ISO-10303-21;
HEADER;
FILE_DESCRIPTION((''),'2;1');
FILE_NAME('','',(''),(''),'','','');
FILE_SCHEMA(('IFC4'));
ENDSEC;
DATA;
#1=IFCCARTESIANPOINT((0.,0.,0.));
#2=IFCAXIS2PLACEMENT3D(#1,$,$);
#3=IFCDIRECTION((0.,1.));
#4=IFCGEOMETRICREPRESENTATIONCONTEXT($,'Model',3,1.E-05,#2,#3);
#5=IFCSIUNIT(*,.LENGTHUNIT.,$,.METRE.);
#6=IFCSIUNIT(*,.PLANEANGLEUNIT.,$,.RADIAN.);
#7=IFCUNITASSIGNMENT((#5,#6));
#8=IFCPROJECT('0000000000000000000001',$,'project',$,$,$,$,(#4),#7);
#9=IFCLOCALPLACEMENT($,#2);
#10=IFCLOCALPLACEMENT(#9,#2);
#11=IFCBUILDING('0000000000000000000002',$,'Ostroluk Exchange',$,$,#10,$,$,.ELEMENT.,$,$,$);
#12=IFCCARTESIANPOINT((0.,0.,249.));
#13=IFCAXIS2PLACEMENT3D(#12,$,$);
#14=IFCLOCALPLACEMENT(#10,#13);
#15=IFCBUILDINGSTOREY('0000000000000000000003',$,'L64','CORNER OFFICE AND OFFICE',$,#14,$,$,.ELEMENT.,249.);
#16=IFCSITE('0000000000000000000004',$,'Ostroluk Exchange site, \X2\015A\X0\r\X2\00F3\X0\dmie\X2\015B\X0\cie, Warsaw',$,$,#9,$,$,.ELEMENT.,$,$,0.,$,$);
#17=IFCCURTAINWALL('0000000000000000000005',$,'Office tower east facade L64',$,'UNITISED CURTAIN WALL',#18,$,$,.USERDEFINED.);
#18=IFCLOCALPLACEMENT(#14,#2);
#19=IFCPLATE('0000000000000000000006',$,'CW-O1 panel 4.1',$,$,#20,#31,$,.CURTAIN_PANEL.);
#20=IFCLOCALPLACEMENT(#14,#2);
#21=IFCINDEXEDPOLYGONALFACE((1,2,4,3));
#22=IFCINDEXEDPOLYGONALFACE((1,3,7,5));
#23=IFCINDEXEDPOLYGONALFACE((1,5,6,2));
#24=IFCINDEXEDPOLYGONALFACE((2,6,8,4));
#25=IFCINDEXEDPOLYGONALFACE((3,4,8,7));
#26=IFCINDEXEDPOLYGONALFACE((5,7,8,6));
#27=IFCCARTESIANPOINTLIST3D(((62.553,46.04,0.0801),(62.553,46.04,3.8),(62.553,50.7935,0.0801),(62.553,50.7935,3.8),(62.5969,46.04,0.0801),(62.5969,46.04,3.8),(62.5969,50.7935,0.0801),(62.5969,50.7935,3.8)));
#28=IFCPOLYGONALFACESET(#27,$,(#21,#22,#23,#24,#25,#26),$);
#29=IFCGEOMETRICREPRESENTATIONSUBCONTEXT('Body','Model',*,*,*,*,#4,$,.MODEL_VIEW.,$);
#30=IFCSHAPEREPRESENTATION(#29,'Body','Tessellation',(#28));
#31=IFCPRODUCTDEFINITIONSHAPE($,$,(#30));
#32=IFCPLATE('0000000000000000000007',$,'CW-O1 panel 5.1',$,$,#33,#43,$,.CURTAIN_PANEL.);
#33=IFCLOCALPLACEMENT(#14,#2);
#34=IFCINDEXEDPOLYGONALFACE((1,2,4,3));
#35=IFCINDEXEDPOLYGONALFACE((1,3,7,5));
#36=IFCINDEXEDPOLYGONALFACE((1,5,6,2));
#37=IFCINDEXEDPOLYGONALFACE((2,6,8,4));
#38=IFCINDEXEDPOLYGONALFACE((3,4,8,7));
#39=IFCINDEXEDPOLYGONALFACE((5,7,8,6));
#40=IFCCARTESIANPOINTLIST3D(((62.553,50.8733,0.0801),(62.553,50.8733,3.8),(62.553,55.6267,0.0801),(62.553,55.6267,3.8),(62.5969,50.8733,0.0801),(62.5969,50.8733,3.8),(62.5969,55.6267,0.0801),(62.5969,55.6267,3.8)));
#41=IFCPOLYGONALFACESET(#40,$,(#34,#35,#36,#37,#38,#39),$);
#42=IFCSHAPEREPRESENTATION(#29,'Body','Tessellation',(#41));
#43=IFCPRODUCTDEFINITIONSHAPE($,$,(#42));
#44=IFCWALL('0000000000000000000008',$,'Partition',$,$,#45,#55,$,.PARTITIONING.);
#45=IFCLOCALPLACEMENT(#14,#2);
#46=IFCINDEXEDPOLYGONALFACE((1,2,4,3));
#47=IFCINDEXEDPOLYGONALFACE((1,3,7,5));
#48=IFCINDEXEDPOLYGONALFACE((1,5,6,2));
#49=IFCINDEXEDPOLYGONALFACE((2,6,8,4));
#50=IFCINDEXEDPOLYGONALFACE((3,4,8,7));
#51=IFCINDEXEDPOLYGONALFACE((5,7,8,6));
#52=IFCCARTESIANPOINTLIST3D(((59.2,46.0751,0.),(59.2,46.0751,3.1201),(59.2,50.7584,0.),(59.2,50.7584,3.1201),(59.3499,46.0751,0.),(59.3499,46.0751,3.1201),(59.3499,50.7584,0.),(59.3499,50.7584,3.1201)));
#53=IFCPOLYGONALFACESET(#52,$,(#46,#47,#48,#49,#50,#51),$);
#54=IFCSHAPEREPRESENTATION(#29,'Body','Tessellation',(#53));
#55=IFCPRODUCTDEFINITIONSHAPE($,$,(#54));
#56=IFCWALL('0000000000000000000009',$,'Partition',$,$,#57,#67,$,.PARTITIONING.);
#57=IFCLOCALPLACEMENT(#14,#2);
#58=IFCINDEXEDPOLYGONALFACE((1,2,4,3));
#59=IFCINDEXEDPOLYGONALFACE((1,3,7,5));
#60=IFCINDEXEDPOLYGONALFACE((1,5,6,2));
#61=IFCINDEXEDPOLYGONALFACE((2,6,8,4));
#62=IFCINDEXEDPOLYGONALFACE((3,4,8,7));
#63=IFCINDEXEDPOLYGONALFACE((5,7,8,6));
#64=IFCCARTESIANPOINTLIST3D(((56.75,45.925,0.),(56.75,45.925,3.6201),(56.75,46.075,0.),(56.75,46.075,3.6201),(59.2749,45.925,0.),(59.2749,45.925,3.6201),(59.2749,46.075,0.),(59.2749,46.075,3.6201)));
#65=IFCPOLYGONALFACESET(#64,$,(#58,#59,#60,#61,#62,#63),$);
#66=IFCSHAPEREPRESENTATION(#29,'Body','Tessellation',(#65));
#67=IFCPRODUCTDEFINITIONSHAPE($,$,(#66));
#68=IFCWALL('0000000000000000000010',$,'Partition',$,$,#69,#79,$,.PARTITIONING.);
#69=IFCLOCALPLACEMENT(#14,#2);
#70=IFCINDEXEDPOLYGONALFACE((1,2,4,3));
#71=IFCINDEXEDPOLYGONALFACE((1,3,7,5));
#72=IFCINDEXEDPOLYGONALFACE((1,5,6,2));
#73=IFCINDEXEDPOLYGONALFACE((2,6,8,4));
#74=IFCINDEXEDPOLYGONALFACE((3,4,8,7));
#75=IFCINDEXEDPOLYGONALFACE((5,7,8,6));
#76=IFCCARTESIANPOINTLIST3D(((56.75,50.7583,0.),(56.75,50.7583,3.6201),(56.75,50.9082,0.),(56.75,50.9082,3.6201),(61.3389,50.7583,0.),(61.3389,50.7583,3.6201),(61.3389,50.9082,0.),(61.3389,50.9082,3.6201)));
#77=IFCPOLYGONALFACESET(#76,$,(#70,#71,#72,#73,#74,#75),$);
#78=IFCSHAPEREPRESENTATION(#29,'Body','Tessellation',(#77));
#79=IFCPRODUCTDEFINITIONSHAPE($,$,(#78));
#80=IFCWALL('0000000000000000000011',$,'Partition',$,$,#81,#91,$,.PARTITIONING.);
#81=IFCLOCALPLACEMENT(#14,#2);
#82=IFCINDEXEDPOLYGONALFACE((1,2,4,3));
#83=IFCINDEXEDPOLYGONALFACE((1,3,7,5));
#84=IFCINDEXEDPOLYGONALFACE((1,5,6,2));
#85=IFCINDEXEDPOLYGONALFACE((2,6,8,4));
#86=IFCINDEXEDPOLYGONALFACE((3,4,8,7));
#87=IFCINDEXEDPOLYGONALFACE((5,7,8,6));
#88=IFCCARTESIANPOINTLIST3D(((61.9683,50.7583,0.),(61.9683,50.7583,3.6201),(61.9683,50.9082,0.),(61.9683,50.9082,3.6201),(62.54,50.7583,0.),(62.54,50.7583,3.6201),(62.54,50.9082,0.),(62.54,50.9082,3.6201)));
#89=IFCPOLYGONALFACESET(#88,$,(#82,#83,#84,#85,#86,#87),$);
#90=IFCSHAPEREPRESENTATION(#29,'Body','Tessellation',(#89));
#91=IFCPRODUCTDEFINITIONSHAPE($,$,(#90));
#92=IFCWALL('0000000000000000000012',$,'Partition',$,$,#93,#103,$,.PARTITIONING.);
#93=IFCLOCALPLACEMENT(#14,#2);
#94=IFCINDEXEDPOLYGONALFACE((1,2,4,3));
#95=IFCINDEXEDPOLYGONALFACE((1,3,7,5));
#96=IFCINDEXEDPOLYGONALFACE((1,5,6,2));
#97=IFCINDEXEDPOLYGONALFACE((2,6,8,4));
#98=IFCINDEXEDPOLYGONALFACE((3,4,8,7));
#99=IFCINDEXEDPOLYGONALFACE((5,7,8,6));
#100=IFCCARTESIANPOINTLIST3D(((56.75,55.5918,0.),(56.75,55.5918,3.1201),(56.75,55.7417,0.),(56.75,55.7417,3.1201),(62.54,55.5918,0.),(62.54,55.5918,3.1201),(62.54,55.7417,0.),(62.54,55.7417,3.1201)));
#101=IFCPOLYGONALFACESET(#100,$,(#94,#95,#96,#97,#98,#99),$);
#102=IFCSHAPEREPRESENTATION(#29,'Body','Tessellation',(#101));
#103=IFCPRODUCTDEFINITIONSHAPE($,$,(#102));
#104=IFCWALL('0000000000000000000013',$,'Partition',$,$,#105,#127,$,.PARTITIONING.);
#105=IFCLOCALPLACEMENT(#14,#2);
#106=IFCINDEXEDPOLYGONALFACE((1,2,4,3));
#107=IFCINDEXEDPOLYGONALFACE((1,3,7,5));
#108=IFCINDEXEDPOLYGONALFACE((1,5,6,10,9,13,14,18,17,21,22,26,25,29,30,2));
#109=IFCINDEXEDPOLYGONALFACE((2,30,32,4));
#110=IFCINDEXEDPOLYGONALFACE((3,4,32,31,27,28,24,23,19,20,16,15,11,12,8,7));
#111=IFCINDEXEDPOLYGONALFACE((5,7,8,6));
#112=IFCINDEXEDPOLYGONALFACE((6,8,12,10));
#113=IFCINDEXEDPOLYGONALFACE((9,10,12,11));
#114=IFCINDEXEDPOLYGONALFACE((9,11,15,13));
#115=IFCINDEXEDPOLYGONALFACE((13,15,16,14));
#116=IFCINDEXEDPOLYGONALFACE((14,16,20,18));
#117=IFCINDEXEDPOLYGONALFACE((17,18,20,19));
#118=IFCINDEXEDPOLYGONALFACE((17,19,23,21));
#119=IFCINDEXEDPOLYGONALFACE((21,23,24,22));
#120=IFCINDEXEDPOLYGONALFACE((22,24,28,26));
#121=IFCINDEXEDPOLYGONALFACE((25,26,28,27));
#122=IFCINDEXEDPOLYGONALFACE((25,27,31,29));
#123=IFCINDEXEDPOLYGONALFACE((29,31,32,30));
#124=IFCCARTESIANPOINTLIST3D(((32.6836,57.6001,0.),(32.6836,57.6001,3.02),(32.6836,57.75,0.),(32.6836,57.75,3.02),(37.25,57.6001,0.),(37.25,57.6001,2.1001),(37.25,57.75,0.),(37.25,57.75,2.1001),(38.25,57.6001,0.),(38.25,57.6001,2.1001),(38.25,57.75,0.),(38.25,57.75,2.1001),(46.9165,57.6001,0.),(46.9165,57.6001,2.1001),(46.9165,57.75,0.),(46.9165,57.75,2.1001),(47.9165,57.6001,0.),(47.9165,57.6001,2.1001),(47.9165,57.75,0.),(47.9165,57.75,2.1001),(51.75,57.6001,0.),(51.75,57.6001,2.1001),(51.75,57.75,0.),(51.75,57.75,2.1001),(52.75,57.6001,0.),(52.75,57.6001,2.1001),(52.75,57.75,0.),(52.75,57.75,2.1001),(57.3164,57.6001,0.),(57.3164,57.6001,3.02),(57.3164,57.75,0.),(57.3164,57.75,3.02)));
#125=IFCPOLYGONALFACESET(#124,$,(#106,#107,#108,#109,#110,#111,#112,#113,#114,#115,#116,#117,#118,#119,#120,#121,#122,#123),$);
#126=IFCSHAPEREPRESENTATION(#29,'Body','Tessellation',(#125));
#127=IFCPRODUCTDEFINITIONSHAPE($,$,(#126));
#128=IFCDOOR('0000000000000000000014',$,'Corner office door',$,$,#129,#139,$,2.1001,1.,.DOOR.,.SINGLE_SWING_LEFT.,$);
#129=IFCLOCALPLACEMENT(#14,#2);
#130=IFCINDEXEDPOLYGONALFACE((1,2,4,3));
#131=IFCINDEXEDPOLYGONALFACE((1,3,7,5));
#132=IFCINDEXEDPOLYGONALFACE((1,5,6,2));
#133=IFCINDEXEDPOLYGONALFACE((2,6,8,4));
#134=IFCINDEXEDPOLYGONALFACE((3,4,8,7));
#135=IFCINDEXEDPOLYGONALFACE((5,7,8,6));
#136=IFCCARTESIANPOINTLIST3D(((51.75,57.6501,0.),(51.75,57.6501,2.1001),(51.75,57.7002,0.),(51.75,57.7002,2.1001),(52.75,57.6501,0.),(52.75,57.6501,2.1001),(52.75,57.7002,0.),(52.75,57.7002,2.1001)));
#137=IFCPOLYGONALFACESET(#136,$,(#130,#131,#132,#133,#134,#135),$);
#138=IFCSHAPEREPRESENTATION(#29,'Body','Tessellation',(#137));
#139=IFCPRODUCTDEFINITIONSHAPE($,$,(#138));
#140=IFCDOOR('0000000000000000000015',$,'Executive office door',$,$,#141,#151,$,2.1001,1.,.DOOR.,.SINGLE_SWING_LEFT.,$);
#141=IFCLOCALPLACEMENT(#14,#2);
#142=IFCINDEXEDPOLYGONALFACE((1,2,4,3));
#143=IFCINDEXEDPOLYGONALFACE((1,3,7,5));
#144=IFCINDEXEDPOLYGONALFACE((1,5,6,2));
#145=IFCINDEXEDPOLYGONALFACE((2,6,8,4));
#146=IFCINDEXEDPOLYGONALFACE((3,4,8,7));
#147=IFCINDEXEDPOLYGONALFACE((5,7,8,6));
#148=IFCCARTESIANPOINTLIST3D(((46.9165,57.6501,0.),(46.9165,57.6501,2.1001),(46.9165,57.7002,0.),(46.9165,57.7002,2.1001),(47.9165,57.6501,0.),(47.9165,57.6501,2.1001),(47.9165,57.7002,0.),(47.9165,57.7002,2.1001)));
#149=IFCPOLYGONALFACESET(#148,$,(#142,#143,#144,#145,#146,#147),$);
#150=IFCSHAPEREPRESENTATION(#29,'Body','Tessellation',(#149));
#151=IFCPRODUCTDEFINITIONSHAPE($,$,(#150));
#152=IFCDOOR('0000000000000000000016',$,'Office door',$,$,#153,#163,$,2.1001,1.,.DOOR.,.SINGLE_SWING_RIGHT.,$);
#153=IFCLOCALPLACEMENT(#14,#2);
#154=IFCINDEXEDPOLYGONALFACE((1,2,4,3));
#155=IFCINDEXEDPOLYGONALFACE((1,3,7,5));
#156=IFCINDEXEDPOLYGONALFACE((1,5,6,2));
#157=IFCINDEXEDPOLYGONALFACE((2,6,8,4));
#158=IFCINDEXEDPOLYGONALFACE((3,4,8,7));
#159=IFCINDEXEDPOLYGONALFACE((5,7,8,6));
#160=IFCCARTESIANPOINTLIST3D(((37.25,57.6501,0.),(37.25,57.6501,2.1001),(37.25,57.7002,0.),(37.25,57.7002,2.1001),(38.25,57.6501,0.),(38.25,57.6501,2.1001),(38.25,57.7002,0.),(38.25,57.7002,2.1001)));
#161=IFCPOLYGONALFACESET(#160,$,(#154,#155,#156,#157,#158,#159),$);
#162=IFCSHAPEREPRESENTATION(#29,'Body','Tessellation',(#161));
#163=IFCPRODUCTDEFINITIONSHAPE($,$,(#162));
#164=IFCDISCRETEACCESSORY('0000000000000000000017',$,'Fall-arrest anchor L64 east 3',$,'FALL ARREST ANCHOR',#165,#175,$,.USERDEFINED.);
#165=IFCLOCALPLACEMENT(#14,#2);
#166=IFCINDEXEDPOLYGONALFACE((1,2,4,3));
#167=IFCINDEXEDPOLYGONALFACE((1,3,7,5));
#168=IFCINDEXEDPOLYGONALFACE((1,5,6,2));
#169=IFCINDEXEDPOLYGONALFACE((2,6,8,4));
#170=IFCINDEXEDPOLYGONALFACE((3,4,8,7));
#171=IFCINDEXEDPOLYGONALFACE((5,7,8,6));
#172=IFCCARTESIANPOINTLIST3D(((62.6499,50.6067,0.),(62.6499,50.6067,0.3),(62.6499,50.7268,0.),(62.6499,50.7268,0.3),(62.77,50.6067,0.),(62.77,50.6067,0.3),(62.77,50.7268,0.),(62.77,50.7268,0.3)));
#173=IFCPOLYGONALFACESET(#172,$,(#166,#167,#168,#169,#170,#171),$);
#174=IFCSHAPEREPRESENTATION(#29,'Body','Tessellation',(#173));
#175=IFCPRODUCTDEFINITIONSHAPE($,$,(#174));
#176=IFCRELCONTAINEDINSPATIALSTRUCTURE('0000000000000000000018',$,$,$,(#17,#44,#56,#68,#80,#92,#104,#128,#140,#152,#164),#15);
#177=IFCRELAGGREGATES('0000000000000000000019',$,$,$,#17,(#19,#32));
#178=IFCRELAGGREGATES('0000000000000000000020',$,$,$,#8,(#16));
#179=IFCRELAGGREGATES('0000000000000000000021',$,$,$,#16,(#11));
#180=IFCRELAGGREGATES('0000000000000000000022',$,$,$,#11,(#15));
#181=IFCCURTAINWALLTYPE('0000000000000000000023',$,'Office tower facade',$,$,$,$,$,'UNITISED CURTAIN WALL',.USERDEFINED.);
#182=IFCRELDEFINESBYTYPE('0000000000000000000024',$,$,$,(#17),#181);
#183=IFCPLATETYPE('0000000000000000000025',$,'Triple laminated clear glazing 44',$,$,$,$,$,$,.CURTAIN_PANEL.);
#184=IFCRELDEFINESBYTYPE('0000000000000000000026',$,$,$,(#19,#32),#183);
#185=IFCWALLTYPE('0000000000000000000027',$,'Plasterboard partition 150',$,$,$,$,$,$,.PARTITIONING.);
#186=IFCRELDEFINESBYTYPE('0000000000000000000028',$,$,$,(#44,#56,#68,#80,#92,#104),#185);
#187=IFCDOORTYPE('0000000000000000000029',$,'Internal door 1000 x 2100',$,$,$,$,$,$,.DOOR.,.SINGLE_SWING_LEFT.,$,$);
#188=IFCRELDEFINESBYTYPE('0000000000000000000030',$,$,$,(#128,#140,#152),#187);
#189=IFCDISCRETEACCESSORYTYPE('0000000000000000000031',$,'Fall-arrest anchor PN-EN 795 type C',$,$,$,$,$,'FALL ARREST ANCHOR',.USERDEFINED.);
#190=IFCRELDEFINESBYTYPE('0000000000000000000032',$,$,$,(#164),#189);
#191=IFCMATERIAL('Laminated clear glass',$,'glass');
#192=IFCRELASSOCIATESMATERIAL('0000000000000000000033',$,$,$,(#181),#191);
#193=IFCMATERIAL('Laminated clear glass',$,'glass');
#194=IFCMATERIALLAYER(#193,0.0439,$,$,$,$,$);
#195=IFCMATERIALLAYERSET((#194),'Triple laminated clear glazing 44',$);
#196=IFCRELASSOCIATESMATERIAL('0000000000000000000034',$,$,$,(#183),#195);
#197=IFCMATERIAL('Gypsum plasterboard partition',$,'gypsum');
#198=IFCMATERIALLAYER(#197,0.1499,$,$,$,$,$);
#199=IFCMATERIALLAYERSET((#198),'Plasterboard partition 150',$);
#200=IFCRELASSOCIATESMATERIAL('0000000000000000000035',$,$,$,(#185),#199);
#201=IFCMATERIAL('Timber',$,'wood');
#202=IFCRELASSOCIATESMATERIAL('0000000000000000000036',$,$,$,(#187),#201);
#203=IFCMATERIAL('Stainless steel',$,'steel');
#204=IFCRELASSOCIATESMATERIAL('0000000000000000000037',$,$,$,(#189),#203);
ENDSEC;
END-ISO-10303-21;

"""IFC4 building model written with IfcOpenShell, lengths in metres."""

from ifc_helpers import new_model, si_unit, direction, frame, frame_2d, origin, origin_2d, place, context, subcontext, project, spatial, rectangle, extrude, material, layer, layer_set, type_object, element, fill, aggregate, save


model = new_model("IFC4")

# Units and contexts
model_context = context("Model", 3, precision=1e-05, world=origin(), true_north=direction((0.0, 1.0)))
body_context = subcontext(model_context, "Body", "Model", "MODEL_VIEW")
ifc_project = project(units=[si_unit("LENGTHUNIT", "METRE"), si_unit("PLANEANGLEUNIT", "RADIAN")], contexts=[model_context])

# Site, building, storey
site_placement = place(None, origin())
site = spatial("IfcSite", under=ifc_project, at=site_placement, Name="Ostroluk Exchange site, Śródmieście, Warsaw", CompositionType="ELEMENT", RefElevation=0.0)
building_placement = place(site_placement, origin())
building = spatial("IfcBuilding", under=site, at=building_placement, Name="Ostroluk Exchange", CompositionType="ELEMENT")
storey_placement = place(building_placement, frame((0.0, 0.0, 249.0)))
storey = spatial("IfcBuildingStorey", under=building, at=storey_placement, Name="L64", Description="CORNER OFFICE AND OFFICE", CompositionType="ELEMENT", Elevation=249.0)

# Curtain wall, plates
ifc_material_1 = material(Name="Laminated clear glass", Category="glass")
curtain_wall_type = type_object("IfcCurtainWallType", Name="Office tower facade", ElementType="UNITISED CURTAIN WALL", PredefinedType="USERDEFINED", material=ifc_material_1)
curtain_wall_placement = place(storey_placement, origin())
curtain_wall = element("IfcCurtainWall", 1, at=curtain_wall_placement, inside=storey, type_object=curtain_wall_type, Name="Office tower east facade L64", ObjectType="UNITISED CURTAIN WALL", PredefinedType="USERDEFINED")
ifc_material_2 = material(Name="Laminated clear glass", Category="glass")
ifc_layer_1 = layer(ifc_material_2, 0.0439)
ifc_layer_set_1 = layer_set([ifc_layer_1], Name="Triple laminated clear glazing 44")
plate_type = type_object("IfcPlateType", Name="Triple laminated clear glazing 44", PredefinedType="CURTAIN_PANEL", material=ifc_layer_set_1)
plate_1_placement = place(storey_placement, frame((62.575, 48.4167, 0.0801), z_axis=(0.0, 0.0, 1.0), x_axis=(0.0, 1.0, 0.0)))
plate_1 = element("IfcPlate", 2, at=plate_1_placement, type_object=plate_type, Name="CW-O1 panel 4.1", PredefinedType="CURTAIN_PANEL", context=body_context, shape_type="SweptSolid", body=[
    extrude(rectangle(XDim=4.7534, YDim=0.0439, at=origin_2d()), origin(), (0.0, 0.0, 1.0), 3.72),
])
plate_2_placement = place(storey_placement, frame((62.575, 53.25, 0.0801), z_axis=(0.0, 0.0, 1.0), x_axis=(0.0, 1.0, 0.0)))
plate_2 = element("IfcPlate", 3, at=plate_2_placement, type_object=plate_type, Name="CW-O1 panel 5.1", PredefinedType="CURTAIN_PANEL", context=body_context, shape_type="SweptSolid", body=[
    extrude(rectangle(XDim=4.7534, YDim=0.0439, at=origin_2d()), origin(), (0.0, 0.0, 1.0), 3.72),
])
aggregate(curtain_wall, [plate_1, plate_2])

# Walls
ifc_material_3 = material(Name="Gypsum plasterboard partition", Category="gypsum")
ifc_layer_2 = layer(ifc_material_3, 0.1499)
ifc_layer_set_2 = layer_set([ifc_layer_2], Name="Plasterboard partition 150")
wall_type = type_object("IfcWallType", Name="Plasterboard partition 150", PredefinedType="PARTITIONING", material=ifc_layer_set_2)
wall_1_placement = place(storey_placement, frame((59.2749, 46.075, 0.0), z_axis=(0.0, 0.0, 1.0), x_axis=(0.0, 1.0, 0.0)))
element("IfcWall", 4, at=wall_1_placement, inside=storey, type_object=wall_type, Name="Partition", PredefinedType="PARTITIONING", context=body_context, shape_type="SweptSolid", body=[
    extrude(rectangle(XDim=4.6833, YDim=0.1499, at=frame_2d((2.3418, 0.0))), origin(), (0.0, 0.0, 1.0), 3.1201),
])
wall_2_placement = place(storey_placement, frame((56.75, 46.0, 0.0), z_axis=(0.0, 0.0, 1.0), x_axis=(1.0, 0.0, 0.0)))
element("IfcWall", 5, at=wall_2_placement, inside=storey, type_object=wall_type, Name="Partition", PredefinedType="PARTITIONING", context=body_context, shape_type="SweptSolid", body=[
    extrude(rectangle(XDim=2.5249, YDim=0.1499, at=frame_2d((1.2625, 0.0))), origin(), (0.0, 0.0, 1.0), 3.6201),
])
wall_3_placement = place(storey_placement, frame((56.75, 50.8333, 0.0), z_axis=(0.0, 0.0, 1.0), x_axis=(1.0, 0.0, 0.0)))
element("IfcWall", 6, at=wall_3_placement, inside=storey, type_object=wall_type, Name="Partition", PredefinedType="PARTITIONING", context=body_context, shape_type="SweptSolid", body=[
    extrude(rectangle(XDim=4.5889, YDim=0.1499, at=frame_2d((2.2944, 0.0))), origin(), (0.0, 0.0, 1.0), 3.6201),
])
wall_4_placement = place(storey_placement, frame((61.9683, 50.8333, 0.0), z_axis=(0.0, 0.0, 1.0), x_axis=(1.0, 0.0, 0.0)))
element("IfcWall", 7, at=wall_4_placement, inside=storey, type_object=wall_type, Name="Partition", PredefinedType="PARTITIONING", context=body_context, shape_type="SweptSolid", body=[
    extrude(rectangle(XDim=0.5718, YDim=0.1499, at=frame_2d((0.2859, 0.0))), origin(), (0.0, 0.0, 1.0), 3.6201),
])
wall_5_placement = place(storey_placement, frame((56.75, 55.6667, 0.0), z_axis=(0.0, 0.0, 1.0), x_axis=(1.0, 0.0, 0.0)))
element("IfcWall", 8, at=wall_5_placement, inside=storey, type_object=wall_type, Name="Partition", PredefinedType="PARTITIONING", context=body_context, shape_type="SweptSolid", body=[
    extrude(rectangle(XDim=5.79, YDim=0.1499, at=frame_2d((2.895, 0.0))), origin(), (0.0, 0.0, 1.0), 3.1201),
])

# Wall, openings, doors
wall_6_placement = place(storey_placement, frame((57.3164, 57.675, 0.0), z_axis=(0.0, 0.0, 1.0), x_axis=(-1.0, 0.0, 0.0)))
wall_6 = element("IfcWall", 9, at=wall_6_placement, inside=storey, type_object=wall_type, Name="Partition", PredefinedType="PARTITIONING", context=body_context, shape_type="SweptSolid", body=[
    extrude(rectangle(XDim=24.6328, YDim=0.1499, at=frame_2d((12.3164, 0.0))), origin(), (0.0, 0.0, 1.0), 3.02),
])
opening_1_placement = place(wall_6_placement, frame((4.5664, 0.0, 0.0)))
opening_1 = element("IfcOpeningElement", 10, at=opening_1_placement, cuts=wall_6, PredefinedType="OPENING", context=body_context, shape_type="SweptSolid", body=[
    extrude(rectangle(XDim=1.0, YDim=2.1001, at=frame_2d((0.5, 1.05))), frame((0.0, 0.085, 0.0), z_axis=(0.0, -1.0, 0.0), x_axis=(1.0, 0.0, 0.0)), (0.0, 0.0, 1.0), 0.1699),
])
opening_2_placement = place(wall_6_placement, frame((9.3999, 0.0, 0.0)))
opening_2 = element("IfcOpeningElement", 11, at=opening_2_placement, cuts=wall_6, PredefinedType="OPENING", context=body_context, shape_type="SweptSolid", body=[
    extrude(rectangle(XDim=1.0, YDim=2.1001, at=frame_2d((0.5, 1.05))), frame((0.0, 0.085, 0.0), z_axis=(0.0, -1.0, 0.0), x_axis=(1.0, 0.0, 0.0)), (0.0, 0.0, 1.0), 0.1699),
])
opening_3_placement = place(wall_6_placement, frame((19.0664, 0.0, 0.0)))
opening_3 = element("IfcOpeningElement", 12, at=opening_3_placement, cuts=wall_6, PredefinedType="OPENING", context=body_context, shape_type="SweptSolid", body=[
    extrude(rectangle(XDim=1.0, YDim=2.1001, at=frame_2d((0.5, 1.05))), frame((0.0, 0.085, 0.0), z_axis=(0.0, -1.0, 0.0), x_axis=(1.0, 0.0, 0.0)), (0.0, 0.0, 1.0), 0.1699),
])
ifc_material_4 = material(Name="Timber", Category="wood")
door_type = type_object("IfcDoorType", Name="Internal door 1000 x 2100", OperationType="SINGLE_SWING_LEFT", PredefinedType="DOOR", material=ifc_material_4)
door_1_placement = place(opening_1_placement, origin())
door_1 = element("IfcDoor", 13, at=door_1_placement, inside=storey, type_object=door_type, Name="Corner office door", OperationType="SINGLE_SWING_LEFT", OverallHeight=2.1001, OverallWidth=1.0, PredefinedType="DOOR", context=body_context, shape_type="SweptSolid", body=[
    extrude(rectangle(XDim=1.0, YDim=2.1001, at=frame_2d((0.5, 1.05))), frame((0.0, 0.0249, 0.0), z_axis=(0.0, -1.0, 0.0), x_axis=(1.0, 0.0, 0.0)), (0.0, 0.0, 1.0), 0.05),
])
fill(opening_1, door_1)
door_2_placement = place(opening_2_placement, origin())
door_2 = element("IfcDoor", 14, at=door_2_placement, inside=storey, type_object=door_type, Name="Executive office door", OperationType="SINGLE_SWING_LEFT", OverallHeight=2.1001, OverallWidth=1.0, PredefinedType="DOOR", context=body_context, shape_type="SweptSolid", body=[
    extrude(rectangle(XDim=1.0, YDim=2.1001, at=frame_2d((0.5, 1.05))), frame((0.0, 0.0249, 0.0), z_axis=(0.0, -1.0, 0.0), x_axis=(1.0, 0.0, 0.0)), (0.0, 0.0, 1.0), 0.05),
])
fill(opening_2, door_2)
door_3_placement = place(opening_3_placement, origin())
door_3 = element("IfcDoor", 15, at=door_3_placement, inside=storey, type_object=door_type, Name="Office door", OperationType="SINGLE_SWING_RIGHT", OverallHeight=2.1001, OverallWidth=1.0, PredefinedType="DOOR", context=body_context, shape_type="SweptSolid", body=[
    extrude(rectangle(XDim=1.0, YDim=2.1001, at=frame_2d((0.5, 1.05))), frame((0.0, 0.0249, 0.0), z_axis=(0.0, -1.0, 0.0), x_axis=(1.0, 0.0, 0.0)), (0.0, 0.0, 1.0), 0.05),
])
fill(opening_3, door_3)

# Discrete accessory
ifc_material_5 = material(Name="Stainless steel", Category="steel")
discrete_accessory_type = type_object("IfcDiscreteAccessoryType", Name="Fall-arrest anchor PN-EN 795 type C", ElementType="FALL ARREST ANCHOR", PredefinedType="USERDEFINED", material=ifc_material_5)
discrete_accessory_placement = place(storey_placement, frame((62.71, 50.6667, 0.0), z_axis=(0.0, 0.0, 1.0), x_axis=(1.0, 0.0, 0.0)))
element("IfcDiscreteAccessory", 16, at=discrete_accessory_placement, inside=storey, type_object=discrete_accessory_type, Name="Fall-arrest anchor L64 east 3", ObjectType="FALL ARREST ANCHOR", PredefinedType="USERDEFINED", context=body_context, shape_type="SweptSolid", body=[
    extrude(rectangle(XDim=0.1201, YDim=0.1201, at=origin_2d()), origin(), (0.0, 0.0, 1.0), 0.3),
])

save(model, "model.ifc")
